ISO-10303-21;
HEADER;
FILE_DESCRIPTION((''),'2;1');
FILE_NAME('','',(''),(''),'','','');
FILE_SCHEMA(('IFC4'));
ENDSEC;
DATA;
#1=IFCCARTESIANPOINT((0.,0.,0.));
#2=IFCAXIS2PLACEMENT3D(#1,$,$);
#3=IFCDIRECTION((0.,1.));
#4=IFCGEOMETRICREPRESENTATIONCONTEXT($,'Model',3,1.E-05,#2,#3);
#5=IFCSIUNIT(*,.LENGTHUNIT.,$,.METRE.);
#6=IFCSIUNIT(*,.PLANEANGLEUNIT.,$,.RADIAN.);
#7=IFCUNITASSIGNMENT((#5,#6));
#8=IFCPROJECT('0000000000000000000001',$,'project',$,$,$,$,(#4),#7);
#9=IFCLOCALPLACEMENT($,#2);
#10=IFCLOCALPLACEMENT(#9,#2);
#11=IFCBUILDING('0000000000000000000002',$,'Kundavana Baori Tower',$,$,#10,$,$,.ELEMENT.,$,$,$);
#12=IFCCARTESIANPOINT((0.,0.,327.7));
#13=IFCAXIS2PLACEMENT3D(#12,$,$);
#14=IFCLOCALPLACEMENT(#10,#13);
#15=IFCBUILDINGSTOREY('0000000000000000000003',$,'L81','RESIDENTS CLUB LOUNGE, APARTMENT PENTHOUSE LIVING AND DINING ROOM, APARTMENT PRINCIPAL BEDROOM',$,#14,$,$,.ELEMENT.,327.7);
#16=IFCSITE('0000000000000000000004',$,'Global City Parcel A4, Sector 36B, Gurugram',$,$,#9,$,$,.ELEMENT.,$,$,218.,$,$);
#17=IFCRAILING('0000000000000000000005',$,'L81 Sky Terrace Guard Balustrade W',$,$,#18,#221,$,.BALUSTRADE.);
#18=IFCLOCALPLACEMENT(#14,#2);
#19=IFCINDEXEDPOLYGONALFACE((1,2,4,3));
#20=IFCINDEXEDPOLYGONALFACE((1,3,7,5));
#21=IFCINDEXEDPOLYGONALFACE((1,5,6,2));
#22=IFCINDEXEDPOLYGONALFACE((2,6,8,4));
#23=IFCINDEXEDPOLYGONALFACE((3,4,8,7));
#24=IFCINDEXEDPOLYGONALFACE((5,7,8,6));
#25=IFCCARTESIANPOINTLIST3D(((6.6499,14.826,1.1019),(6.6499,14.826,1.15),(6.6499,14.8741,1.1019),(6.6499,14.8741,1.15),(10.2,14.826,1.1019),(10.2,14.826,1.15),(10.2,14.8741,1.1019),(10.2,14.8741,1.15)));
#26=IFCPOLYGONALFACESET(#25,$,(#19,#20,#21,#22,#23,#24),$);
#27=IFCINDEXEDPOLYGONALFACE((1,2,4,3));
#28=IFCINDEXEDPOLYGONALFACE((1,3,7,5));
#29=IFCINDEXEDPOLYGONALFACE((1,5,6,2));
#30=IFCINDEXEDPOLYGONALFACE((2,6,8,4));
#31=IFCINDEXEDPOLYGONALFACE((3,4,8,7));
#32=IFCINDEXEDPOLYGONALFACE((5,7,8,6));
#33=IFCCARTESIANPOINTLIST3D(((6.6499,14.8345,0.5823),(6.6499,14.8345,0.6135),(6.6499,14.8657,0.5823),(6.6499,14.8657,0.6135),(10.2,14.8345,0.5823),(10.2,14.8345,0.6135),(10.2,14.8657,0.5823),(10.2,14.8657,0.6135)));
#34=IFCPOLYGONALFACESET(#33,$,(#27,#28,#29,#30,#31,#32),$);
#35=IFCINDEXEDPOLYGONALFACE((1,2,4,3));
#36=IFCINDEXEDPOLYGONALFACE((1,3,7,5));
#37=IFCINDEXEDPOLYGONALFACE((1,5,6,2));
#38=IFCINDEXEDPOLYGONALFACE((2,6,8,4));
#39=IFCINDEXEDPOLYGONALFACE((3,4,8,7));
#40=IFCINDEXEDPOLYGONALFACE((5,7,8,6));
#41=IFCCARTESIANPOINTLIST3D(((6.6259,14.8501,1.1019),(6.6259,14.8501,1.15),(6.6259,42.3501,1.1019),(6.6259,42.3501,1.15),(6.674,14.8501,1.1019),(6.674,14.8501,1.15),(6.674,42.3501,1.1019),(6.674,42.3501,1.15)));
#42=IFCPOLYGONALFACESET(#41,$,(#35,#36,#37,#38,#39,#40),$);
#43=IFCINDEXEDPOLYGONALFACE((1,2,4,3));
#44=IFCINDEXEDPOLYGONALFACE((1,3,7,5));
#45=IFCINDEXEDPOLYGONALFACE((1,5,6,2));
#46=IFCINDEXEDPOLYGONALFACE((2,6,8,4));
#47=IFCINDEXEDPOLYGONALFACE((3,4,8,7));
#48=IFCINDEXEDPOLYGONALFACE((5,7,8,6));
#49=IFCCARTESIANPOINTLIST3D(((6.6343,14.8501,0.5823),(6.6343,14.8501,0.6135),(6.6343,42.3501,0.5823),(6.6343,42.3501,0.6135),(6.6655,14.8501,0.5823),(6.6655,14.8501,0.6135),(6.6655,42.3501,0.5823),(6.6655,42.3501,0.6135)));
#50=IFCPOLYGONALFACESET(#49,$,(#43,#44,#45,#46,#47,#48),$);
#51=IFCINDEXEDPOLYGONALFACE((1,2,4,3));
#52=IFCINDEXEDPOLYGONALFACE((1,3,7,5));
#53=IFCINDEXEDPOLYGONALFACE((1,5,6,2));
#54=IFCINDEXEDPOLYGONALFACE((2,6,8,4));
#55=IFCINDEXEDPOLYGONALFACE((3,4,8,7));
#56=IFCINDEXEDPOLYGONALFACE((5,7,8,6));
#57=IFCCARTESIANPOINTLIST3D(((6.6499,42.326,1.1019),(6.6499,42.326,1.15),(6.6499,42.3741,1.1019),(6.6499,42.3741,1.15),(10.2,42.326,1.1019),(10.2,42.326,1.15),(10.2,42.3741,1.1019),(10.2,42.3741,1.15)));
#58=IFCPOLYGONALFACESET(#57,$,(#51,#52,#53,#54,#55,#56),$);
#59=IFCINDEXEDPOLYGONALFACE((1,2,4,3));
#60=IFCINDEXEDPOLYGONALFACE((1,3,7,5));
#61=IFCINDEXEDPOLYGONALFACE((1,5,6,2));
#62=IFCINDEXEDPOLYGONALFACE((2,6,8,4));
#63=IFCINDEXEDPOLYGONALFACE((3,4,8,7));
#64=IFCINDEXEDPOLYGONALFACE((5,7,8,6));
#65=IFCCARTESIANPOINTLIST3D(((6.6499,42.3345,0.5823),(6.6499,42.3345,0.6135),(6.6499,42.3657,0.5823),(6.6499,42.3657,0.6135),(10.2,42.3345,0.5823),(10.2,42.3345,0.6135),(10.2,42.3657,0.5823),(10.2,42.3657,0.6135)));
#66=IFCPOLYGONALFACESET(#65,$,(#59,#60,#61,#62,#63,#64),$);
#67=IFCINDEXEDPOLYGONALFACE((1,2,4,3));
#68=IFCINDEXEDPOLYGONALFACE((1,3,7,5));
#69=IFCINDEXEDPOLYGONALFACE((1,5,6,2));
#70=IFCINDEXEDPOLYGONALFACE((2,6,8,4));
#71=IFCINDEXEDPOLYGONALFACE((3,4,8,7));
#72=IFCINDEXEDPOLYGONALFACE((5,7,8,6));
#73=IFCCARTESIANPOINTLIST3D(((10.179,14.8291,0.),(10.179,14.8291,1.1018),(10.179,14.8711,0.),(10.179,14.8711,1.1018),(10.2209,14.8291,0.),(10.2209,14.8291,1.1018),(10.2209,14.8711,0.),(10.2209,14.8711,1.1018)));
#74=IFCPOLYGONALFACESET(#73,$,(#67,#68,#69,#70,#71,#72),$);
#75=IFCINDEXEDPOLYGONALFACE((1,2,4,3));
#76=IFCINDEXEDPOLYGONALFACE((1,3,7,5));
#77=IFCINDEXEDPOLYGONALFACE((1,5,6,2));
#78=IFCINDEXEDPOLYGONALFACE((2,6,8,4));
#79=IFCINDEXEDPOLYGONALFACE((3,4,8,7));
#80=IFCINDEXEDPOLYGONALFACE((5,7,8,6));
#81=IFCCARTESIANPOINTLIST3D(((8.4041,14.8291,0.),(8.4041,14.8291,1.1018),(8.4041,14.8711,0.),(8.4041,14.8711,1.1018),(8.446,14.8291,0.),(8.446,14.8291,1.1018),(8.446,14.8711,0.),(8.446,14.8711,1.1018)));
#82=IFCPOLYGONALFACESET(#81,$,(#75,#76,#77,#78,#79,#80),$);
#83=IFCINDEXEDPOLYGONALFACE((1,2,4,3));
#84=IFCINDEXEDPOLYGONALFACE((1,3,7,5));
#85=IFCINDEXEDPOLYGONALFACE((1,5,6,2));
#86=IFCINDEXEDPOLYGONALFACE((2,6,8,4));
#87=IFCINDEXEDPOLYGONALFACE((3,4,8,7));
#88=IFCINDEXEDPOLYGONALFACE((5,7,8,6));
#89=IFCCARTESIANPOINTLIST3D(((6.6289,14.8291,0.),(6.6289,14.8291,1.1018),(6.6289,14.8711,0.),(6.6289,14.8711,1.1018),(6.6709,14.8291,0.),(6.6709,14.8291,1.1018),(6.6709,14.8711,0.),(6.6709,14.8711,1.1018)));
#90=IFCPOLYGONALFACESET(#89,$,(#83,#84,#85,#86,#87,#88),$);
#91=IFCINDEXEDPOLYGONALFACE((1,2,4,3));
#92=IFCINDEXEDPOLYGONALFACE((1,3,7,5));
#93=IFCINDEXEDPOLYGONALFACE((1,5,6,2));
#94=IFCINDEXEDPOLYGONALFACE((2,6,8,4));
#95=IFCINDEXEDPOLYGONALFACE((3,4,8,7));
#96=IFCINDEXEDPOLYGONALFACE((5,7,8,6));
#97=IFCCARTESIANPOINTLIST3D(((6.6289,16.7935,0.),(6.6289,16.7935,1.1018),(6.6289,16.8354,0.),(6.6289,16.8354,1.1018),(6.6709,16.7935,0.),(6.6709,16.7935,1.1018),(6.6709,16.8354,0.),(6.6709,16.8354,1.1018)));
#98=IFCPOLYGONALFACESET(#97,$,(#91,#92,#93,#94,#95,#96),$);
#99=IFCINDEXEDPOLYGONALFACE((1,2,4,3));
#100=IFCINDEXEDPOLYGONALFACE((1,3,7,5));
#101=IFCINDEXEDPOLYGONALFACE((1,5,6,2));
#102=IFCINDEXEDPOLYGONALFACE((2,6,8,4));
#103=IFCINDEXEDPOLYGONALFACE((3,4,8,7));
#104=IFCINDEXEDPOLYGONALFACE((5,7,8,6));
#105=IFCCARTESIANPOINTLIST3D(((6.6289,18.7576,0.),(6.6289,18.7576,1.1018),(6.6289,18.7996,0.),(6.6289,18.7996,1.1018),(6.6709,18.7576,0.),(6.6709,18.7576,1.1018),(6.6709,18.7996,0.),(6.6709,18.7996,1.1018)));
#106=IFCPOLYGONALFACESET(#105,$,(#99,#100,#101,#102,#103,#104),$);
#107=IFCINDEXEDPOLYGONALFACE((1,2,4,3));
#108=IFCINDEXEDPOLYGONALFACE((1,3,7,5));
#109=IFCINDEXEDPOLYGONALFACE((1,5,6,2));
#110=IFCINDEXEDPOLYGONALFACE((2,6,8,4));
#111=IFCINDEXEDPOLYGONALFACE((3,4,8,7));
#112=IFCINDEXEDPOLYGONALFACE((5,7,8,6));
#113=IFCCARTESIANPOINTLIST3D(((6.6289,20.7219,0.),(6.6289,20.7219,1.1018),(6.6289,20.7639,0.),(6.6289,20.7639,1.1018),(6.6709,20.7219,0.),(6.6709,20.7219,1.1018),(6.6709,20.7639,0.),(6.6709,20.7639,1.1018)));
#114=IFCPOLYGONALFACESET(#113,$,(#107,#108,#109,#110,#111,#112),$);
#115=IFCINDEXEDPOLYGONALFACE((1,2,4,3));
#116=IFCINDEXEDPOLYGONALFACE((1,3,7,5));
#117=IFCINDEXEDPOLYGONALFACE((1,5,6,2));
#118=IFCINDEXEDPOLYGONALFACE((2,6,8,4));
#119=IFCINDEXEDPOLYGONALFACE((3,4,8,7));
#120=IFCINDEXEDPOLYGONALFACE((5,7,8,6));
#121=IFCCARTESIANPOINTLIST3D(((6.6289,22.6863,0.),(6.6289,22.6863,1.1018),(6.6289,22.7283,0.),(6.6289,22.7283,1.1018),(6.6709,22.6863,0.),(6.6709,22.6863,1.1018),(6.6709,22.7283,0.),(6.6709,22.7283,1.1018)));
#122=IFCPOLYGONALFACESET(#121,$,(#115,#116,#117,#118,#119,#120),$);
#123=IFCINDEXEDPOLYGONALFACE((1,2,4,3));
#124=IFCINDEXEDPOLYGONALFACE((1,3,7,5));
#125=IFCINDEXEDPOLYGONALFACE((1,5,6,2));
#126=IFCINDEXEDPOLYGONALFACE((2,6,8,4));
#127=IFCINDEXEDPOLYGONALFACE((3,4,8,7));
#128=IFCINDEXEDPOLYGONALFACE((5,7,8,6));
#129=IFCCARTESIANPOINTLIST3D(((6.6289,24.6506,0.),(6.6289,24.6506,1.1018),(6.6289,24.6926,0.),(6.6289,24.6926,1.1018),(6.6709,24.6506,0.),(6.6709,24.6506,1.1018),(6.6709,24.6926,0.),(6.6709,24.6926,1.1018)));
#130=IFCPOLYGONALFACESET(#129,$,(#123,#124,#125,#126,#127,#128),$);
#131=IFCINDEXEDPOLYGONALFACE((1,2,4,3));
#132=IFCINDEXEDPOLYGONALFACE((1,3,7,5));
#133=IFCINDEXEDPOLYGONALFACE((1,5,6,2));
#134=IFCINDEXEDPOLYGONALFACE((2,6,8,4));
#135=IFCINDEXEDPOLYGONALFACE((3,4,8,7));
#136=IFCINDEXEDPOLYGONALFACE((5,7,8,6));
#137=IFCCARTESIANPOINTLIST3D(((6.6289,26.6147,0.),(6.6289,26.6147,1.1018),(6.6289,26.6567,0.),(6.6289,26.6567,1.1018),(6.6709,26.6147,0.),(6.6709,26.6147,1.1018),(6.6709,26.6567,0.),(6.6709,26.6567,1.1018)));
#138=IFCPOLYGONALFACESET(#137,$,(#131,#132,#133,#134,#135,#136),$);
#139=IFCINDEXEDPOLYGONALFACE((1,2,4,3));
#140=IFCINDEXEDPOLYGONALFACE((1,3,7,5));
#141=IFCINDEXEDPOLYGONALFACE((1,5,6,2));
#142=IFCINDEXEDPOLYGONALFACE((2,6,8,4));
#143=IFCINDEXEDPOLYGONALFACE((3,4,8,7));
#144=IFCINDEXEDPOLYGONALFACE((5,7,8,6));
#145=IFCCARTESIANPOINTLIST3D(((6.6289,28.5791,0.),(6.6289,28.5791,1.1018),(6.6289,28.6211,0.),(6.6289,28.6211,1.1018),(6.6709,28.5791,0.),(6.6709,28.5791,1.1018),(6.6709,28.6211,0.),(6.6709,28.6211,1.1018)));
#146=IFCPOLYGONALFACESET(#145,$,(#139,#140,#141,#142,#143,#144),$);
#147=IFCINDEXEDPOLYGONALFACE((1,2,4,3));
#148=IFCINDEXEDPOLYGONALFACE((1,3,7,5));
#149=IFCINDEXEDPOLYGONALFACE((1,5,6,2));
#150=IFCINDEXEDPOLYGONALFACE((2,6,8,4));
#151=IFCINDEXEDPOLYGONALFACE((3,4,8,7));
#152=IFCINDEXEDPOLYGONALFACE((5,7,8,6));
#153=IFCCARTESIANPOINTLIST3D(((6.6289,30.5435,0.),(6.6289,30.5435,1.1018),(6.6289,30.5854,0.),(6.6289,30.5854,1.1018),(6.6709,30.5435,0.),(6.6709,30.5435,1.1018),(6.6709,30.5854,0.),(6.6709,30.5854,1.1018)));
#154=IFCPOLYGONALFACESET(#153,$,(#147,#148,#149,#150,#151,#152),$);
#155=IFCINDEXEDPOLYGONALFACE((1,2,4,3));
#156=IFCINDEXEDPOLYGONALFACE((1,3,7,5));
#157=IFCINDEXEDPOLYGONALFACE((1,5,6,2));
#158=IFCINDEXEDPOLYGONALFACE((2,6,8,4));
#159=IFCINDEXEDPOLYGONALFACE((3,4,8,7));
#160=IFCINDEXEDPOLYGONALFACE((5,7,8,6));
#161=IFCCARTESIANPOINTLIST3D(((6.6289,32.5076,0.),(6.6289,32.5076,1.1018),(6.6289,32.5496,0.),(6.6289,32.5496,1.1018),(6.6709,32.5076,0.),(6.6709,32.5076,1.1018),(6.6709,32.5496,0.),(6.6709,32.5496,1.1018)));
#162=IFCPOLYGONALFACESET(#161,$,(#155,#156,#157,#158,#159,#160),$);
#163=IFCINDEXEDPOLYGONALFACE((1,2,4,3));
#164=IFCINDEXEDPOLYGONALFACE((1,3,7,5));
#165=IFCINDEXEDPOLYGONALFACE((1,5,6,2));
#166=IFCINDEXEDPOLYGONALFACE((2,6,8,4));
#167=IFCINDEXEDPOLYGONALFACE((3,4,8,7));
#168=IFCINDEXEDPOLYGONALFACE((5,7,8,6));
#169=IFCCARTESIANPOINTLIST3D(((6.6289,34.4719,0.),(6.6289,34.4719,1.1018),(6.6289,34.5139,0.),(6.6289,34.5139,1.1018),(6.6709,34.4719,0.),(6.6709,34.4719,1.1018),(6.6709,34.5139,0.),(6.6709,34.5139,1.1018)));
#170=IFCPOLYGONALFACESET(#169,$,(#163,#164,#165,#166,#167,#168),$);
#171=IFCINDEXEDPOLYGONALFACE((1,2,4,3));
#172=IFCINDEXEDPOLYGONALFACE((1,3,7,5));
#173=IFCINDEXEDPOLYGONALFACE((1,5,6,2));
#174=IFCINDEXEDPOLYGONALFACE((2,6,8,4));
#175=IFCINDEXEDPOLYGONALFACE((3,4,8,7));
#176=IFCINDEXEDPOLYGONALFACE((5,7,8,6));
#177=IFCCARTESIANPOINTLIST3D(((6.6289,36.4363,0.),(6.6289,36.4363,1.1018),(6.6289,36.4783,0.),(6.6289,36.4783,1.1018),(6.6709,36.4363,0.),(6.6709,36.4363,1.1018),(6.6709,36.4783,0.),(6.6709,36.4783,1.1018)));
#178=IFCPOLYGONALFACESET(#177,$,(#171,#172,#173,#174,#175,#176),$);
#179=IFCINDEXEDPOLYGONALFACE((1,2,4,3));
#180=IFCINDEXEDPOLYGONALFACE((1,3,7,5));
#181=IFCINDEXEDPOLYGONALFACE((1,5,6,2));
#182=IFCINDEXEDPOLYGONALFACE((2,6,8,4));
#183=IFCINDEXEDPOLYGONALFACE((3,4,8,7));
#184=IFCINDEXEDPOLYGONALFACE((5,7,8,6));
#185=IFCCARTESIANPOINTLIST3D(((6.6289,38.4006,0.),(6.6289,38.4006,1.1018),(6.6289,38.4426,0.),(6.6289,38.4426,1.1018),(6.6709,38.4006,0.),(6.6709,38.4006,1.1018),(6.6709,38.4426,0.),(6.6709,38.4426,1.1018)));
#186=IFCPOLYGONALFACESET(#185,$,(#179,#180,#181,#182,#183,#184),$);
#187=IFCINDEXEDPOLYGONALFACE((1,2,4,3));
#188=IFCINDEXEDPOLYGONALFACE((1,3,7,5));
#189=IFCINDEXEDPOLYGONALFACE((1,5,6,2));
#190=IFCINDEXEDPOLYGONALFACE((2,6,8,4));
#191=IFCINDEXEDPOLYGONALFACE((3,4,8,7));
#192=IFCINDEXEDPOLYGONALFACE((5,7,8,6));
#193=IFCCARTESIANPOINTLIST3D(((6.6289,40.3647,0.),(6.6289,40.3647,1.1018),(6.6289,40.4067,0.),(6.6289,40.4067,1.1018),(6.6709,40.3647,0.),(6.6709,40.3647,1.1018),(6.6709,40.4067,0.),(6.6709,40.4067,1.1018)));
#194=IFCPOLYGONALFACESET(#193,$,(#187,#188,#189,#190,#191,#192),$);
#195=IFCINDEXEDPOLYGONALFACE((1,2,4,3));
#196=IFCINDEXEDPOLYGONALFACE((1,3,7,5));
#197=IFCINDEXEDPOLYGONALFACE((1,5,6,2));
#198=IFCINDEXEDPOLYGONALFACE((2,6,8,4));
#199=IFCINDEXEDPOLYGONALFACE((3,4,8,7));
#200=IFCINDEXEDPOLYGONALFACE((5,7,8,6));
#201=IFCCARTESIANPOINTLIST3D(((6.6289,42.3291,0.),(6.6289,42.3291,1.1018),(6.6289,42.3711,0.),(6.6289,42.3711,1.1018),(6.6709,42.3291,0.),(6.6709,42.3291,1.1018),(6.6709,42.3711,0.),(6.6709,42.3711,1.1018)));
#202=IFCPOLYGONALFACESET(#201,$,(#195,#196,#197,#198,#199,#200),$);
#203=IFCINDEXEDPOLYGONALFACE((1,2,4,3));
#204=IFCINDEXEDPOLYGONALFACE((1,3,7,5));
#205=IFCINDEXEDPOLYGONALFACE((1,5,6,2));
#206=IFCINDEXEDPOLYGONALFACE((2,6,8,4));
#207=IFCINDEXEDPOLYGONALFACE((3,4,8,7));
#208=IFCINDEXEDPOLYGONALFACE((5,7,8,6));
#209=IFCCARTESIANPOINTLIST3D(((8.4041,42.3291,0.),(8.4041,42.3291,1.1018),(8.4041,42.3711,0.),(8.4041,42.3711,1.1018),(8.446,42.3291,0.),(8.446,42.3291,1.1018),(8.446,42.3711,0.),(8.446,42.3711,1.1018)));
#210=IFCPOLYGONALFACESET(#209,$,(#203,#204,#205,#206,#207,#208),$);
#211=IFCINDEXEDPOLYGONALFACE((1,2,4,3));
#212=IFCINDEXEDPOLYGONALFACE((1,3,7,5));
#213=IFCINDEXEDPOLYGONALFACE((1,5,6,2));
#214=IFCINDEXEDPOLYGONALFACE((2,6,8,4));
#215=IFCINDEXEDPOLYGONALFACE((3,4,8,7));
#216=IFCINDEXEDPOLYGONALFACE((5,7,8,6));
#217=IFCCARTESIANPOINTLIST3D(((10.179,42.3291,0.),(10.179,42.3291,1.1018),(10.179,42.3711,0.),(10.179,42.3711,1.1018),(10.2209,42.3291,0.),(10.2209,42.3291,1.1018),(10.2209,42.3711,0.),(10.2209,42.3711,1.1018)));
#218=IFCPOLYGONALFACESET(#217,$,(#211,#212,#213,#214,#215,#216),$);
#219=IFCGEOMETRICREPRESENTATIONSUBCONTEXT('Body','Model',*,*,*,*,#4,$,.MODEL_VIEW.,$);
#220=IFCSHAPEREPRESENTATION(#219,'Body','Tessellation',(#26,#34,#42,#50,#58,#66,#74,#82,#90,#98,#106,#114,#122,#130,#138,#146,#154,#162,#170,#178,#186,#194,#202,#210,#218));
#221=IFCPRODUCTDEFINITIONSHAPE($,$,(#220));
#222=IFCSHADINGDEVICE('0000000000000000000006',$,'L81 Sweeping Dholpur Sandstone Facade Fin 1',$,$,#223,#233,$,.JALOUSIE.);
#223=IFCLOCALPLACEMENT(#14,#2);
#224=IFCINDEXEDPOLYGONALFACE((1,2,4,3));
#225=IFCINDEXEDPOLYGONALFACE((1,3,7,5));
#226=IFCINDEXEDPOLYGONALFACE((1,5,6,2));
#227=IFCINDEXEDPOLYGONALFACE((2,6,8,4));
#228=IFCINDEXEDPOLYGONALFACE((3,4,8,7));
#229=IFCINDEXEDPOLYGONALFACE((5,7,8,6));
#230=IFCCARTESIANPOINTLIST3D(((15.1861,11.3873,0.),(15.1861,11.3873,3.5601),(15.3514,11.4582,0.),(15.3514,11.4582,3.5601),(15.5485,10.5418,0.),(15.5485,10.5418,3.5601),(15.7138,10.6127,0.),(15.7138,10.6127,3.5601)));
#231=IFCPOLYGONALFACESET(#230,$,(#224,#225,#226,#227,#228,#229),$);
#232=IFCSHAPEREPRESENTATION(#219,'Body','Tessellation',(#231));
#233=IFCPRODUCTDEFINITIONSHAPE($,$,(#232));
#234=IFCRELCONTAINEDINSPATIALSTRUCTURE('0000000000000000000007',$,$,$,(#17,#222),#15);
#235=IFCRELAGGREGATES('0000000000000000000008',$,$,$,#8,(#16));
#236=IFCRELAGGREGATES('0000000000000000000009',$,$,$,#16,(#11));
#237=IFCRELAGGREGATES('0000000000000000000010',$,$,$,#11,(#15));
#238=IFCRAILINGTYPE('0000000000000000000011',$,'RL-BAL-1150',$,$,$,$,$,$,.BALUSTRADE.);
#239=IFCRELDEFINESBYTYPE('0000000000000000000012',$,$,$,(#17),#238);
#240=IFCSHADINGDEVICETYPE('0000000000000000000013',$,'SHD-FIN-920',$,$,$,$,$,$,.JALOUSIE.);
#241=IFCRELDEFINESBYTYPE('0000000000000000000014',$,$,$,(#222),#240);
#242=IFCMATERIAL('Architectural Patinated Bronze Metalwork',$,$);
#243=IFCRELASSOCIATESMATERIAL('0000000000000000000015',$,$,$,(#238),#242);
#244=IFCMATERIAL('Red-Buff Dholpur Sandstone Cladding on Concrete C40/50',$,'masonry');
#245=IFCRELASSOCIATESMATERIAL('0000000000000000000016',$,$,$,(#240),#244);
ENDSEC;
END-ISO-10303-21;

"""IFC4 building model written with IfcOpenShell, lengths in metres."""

from ifc_helpers import new_model, si_unit, direction, frame, origin, origin_2d, place, context, subcontext, project, spatial, rectangle, extrude, material, type_object, element, save


model = new_model("IFC4")

# Units and contexts
model_context = context("Model", 3, precision=1e-05, world=origin(), true_north=direction((0.0, 1.0)))
body_context = subcontext(model_context, "Body", "Model", "MODEL_VIEW")
ifc_project = project(units=[si_unit("LENGTHUNIT", "METRE"), si_unit("PLANEANGLEUNIT", "RADIAN")], contexts=[model_context])

# Site, building, storey
site_placement = place(None, origin())
site = spatial("IfcSite", under=ifc_project, at=site_placement, Name="Global City Parcel A4, Sector 36B, Gurugram", CompositionType="ELEMENT", RefElevation=218.0)
building_placement = place(site_placement, origin())
building = spatial("IfcBuilding", under=site, at=building_placement, Name="Kundavana Baori Tower", CompositionType="ELEMENT")
storey_placement = place(building_placement, frame((0.0, 0.0, 327.7)))
storey = spatial("IfcBuildingStorey", under=building, at=storey_placement, Name="L81", Description="RESIDENTS CLUB LOUNGE, APARTMENT PENTHOUSE LIVING AND DINING ROOM, APARTMENT PRINCIPAL BEDROOM", CompositionType="ELEMENT", Elevation=327.7)

# Railing
ifc_material_1 = material(Name="Architectural Patinated Bronze Metalwork")
railing_type = type_object("IfcRailingType", Name="RL-BAL-1150", PredefinedType="BALUSTRADE", material=ifc_material_1)
railing_placement = place(storey_placement, frame((10.2, 14.8501, 0.0)))
element("IfcRailing", 1, at=railing_placement, inside=storey, type_object=railing_type, Name="L81 Sky Terrace Guard Balustrade W", PredefinedType="BALUSTRADE", context=body_context, shape_type="SweptSolid", body=[
    extrude(rectangle(XDim=0.0481, YDim=0.0481, at=origin_2d()), frame((0.0, 0.0, 1.126), z_axis=(-1.0, 0.0, 0.0), x_axis=(0.0, -1.0, 0.0)), (0.0, 0.0, 1.0), 3.55),
    extrude(rectangle(XDim=0.0312, YDim=0.0312, at=origin_2d()), frame((0.0, 0.0, 0.5979), z_axis=(-1.0, 0.0, 0.0), x_axis=(0.0, -1.0, 0.0)), (0.0, 0.0, 1.0), 3.55),
    extrude(rectangle(XDim=0.0481, YDim=0.0481, at=origin_2d()), frame((-3.55, 0.0, 1.126), z_axis=(0.0, 1.0, 0.0), x_axis=(-1.0, 0.0, 0.0)), (0.0, 0.0, 1.0), 27.5),
    extrude(rectangle(XDim=0.0312, YDim=0.0312, at=origin_2d()), frame((-3.55, 0.0, 0.5979), z_axis=(0.0, 1.0, 0.0), x_axis=(-1.0, 0.0, 0.0)), (0.0, 0.0, 1.0), 27.5),
    extrude(rectangle(XDim=0.0481, YDim=0.0481, at=origin_2d()), frame((-3.55, 27.5, 1.126), z_axis=(1.0, 0.0, 0.0), x_axis=(0.0, 1.0, 0.0)), (0.0, 0.0, 1.0), 3.55),
    extrude(rectangle(XDim=0.0312, YDim=0.0312, at=origin_2d()), frame((-3.55, 27.5, 0.5979), z_axis=(1.0, 0.0, 0.0), x_axis=(0.0, 1.0, 0.0)), (0.0, 0.0, 1.0), 3.55),
    extrude(rectangle(XDim=0.042, YDim=0.042, at=origin_2d()), origin(), (0.0, 0.0, 1.0), 1.1018),
    extrude(rectangle(XDim=0.042, YDim=0.042, at=origin_2d()), frame((-1.7749, 0.0, 0.0)), (0.0, 0.0, 1.0), 1.1018),
    extrude(rectangle(XDim=0.042, YDim=0.042, at=origin_2d()), frame((-3.55, 0.0, 0.0)), (0.0, 0.0, 1.0), 1.1018),
    extrude(rectangle(XDim=0.042, YDim=0.042, at=origin_2d()), frame((-3.55, 1.9644, 0.0)), (0.0, 0.0, 1.0), 1.1018),
    extrude(rectangle(XDim=0.042, YDim=0.042, at=origin_2d()), frame((-3.55, 3.9285, 0.0)), (0.0, 0.0, 1.0), 1.1018),
    extrude(rectangle(XDim=0.042, YDim=0.042, at=origin_2d()), frame((-3.55, 5.8928, 0.0)), (0.0, 0.0, 1.0), 1.1018),
    extrude(rectangle(XDim=0.042, YDim=0.042, at=origin_2d()), frame((-3.55, 7.8572, 0.0)), (0.0, 0.0, 1.0), 1.1018),
    extrude(rectangle(XDim=0.042, YDim=0.042, at=origin_2d()), frame((-3.55, 9.8215, 0.0)), (0.0, 0.0, 1.0), 1.1018),
    extrude(rectangle(XDim=0.042, YDim=0.042, at=origin_2d()), frame((-3.55, 11.7856, 0.0)), (0.0, 0.0, 1.0), 1.1018),
    extrude(rectangle(XDim=0.042, YDim=0.042, at=origin_2d()), frame((-3.55, 13.75, 0.0)), (0.0, 0.0, 1.0), 1.1018),
    extrude(rectangle(XDim=0.042, YDim=0.042, at=origin_2d()), frame((-3.55, 15.7144, 0.0)), (0.0, 0.0, 1.0), 1.1018),
    extrude(rectangle(XDim=0.042, YDim=0.042, at=origin_2d()), frame((-3.55, 17.6785, 0.0)), (0.0, 0.0, 1.0), 1.1018),
    extrude(rectangle(XDim=0.042, YDim=0.042, at=origin_2d()), frame((-3.55, 19.6428, 0.0)), (0.0, 0.0, 1.0), 1.1018),
    extrude(rectangle(XDim=0.042, YDim=0.042, at=origin_2d()), frame((-3.55, 21.6072, 0.0)), (0.0, 0.0, 1.0), 1.1018),
    extrude(rectangle(XDim=0.042, YDim=0.042, at=origin_2d()), frame((-3.55, 23.5715, 0.0)), (0.0, 0.0, 1.0), 1.1018),
    extrude(rectangle(XDim=0.042, YDim=0.042, at=origin_2d()), frame((-3.55, 25.5356, 0.0)), (0.0, 0.0, 1.0), 1.1018),
    extrude(rectangle(XDim=0.042, YDim=0.042, at=origin_2d()), frame((-3.55, 27.5, 0.0)), (0.0, 0.0, 1.0), 1.1018),
    extrude(rectangle(XDim=0.042, YDim=0.042, at=origin_2d()), frame((-1.7749, 27.5, 0.0)), (0.0, 0.0, 1.0), 1.1018),
    extrude(rectangle(XDim=0.042, YDim=0.042, at=origin_2d()), frame((0.0, 27.5, 0.0)), (0.0, 0.0, 1.0), 1.1018),
])

# Shading device
ifc_material_2 = material(Name="Red-Buff Dholpur Sandstone Cladding on Concrete C40/50", Category="masonry")
shading_device_type = type_object("IfcShadingDeviceType", Name="SHD-FIN-920", PredefinedType="JALOUSIE", material=ifc_material_2)
for number, where, z_axis, x_axis, name in (
    (2, (15.45, 11.0, 0.0), (0.0, 0.0, 1.0), (0.919135, 0.393942, 0.0), "L81 Sweeping Dholpur Sandstone Facade Fin 1"),
):
    element("IfcShadingDevice", number, at=place(storey_placement, frame(where, z_axis=z_axis, x_axis=x_axis)), inside=storey, type_object=shading_device_type, Name=name, PredefinedType="JALOUSIE", context=body_context, shape_type="SweptSolid", body=[
        extrude(rectangle(XDim=0.1799, YDim=0.9199, at=origin_2d()), origin(), (0.0, 0.0, 1.0), 3.5601),
    ])

save(model, "model.ifc")
